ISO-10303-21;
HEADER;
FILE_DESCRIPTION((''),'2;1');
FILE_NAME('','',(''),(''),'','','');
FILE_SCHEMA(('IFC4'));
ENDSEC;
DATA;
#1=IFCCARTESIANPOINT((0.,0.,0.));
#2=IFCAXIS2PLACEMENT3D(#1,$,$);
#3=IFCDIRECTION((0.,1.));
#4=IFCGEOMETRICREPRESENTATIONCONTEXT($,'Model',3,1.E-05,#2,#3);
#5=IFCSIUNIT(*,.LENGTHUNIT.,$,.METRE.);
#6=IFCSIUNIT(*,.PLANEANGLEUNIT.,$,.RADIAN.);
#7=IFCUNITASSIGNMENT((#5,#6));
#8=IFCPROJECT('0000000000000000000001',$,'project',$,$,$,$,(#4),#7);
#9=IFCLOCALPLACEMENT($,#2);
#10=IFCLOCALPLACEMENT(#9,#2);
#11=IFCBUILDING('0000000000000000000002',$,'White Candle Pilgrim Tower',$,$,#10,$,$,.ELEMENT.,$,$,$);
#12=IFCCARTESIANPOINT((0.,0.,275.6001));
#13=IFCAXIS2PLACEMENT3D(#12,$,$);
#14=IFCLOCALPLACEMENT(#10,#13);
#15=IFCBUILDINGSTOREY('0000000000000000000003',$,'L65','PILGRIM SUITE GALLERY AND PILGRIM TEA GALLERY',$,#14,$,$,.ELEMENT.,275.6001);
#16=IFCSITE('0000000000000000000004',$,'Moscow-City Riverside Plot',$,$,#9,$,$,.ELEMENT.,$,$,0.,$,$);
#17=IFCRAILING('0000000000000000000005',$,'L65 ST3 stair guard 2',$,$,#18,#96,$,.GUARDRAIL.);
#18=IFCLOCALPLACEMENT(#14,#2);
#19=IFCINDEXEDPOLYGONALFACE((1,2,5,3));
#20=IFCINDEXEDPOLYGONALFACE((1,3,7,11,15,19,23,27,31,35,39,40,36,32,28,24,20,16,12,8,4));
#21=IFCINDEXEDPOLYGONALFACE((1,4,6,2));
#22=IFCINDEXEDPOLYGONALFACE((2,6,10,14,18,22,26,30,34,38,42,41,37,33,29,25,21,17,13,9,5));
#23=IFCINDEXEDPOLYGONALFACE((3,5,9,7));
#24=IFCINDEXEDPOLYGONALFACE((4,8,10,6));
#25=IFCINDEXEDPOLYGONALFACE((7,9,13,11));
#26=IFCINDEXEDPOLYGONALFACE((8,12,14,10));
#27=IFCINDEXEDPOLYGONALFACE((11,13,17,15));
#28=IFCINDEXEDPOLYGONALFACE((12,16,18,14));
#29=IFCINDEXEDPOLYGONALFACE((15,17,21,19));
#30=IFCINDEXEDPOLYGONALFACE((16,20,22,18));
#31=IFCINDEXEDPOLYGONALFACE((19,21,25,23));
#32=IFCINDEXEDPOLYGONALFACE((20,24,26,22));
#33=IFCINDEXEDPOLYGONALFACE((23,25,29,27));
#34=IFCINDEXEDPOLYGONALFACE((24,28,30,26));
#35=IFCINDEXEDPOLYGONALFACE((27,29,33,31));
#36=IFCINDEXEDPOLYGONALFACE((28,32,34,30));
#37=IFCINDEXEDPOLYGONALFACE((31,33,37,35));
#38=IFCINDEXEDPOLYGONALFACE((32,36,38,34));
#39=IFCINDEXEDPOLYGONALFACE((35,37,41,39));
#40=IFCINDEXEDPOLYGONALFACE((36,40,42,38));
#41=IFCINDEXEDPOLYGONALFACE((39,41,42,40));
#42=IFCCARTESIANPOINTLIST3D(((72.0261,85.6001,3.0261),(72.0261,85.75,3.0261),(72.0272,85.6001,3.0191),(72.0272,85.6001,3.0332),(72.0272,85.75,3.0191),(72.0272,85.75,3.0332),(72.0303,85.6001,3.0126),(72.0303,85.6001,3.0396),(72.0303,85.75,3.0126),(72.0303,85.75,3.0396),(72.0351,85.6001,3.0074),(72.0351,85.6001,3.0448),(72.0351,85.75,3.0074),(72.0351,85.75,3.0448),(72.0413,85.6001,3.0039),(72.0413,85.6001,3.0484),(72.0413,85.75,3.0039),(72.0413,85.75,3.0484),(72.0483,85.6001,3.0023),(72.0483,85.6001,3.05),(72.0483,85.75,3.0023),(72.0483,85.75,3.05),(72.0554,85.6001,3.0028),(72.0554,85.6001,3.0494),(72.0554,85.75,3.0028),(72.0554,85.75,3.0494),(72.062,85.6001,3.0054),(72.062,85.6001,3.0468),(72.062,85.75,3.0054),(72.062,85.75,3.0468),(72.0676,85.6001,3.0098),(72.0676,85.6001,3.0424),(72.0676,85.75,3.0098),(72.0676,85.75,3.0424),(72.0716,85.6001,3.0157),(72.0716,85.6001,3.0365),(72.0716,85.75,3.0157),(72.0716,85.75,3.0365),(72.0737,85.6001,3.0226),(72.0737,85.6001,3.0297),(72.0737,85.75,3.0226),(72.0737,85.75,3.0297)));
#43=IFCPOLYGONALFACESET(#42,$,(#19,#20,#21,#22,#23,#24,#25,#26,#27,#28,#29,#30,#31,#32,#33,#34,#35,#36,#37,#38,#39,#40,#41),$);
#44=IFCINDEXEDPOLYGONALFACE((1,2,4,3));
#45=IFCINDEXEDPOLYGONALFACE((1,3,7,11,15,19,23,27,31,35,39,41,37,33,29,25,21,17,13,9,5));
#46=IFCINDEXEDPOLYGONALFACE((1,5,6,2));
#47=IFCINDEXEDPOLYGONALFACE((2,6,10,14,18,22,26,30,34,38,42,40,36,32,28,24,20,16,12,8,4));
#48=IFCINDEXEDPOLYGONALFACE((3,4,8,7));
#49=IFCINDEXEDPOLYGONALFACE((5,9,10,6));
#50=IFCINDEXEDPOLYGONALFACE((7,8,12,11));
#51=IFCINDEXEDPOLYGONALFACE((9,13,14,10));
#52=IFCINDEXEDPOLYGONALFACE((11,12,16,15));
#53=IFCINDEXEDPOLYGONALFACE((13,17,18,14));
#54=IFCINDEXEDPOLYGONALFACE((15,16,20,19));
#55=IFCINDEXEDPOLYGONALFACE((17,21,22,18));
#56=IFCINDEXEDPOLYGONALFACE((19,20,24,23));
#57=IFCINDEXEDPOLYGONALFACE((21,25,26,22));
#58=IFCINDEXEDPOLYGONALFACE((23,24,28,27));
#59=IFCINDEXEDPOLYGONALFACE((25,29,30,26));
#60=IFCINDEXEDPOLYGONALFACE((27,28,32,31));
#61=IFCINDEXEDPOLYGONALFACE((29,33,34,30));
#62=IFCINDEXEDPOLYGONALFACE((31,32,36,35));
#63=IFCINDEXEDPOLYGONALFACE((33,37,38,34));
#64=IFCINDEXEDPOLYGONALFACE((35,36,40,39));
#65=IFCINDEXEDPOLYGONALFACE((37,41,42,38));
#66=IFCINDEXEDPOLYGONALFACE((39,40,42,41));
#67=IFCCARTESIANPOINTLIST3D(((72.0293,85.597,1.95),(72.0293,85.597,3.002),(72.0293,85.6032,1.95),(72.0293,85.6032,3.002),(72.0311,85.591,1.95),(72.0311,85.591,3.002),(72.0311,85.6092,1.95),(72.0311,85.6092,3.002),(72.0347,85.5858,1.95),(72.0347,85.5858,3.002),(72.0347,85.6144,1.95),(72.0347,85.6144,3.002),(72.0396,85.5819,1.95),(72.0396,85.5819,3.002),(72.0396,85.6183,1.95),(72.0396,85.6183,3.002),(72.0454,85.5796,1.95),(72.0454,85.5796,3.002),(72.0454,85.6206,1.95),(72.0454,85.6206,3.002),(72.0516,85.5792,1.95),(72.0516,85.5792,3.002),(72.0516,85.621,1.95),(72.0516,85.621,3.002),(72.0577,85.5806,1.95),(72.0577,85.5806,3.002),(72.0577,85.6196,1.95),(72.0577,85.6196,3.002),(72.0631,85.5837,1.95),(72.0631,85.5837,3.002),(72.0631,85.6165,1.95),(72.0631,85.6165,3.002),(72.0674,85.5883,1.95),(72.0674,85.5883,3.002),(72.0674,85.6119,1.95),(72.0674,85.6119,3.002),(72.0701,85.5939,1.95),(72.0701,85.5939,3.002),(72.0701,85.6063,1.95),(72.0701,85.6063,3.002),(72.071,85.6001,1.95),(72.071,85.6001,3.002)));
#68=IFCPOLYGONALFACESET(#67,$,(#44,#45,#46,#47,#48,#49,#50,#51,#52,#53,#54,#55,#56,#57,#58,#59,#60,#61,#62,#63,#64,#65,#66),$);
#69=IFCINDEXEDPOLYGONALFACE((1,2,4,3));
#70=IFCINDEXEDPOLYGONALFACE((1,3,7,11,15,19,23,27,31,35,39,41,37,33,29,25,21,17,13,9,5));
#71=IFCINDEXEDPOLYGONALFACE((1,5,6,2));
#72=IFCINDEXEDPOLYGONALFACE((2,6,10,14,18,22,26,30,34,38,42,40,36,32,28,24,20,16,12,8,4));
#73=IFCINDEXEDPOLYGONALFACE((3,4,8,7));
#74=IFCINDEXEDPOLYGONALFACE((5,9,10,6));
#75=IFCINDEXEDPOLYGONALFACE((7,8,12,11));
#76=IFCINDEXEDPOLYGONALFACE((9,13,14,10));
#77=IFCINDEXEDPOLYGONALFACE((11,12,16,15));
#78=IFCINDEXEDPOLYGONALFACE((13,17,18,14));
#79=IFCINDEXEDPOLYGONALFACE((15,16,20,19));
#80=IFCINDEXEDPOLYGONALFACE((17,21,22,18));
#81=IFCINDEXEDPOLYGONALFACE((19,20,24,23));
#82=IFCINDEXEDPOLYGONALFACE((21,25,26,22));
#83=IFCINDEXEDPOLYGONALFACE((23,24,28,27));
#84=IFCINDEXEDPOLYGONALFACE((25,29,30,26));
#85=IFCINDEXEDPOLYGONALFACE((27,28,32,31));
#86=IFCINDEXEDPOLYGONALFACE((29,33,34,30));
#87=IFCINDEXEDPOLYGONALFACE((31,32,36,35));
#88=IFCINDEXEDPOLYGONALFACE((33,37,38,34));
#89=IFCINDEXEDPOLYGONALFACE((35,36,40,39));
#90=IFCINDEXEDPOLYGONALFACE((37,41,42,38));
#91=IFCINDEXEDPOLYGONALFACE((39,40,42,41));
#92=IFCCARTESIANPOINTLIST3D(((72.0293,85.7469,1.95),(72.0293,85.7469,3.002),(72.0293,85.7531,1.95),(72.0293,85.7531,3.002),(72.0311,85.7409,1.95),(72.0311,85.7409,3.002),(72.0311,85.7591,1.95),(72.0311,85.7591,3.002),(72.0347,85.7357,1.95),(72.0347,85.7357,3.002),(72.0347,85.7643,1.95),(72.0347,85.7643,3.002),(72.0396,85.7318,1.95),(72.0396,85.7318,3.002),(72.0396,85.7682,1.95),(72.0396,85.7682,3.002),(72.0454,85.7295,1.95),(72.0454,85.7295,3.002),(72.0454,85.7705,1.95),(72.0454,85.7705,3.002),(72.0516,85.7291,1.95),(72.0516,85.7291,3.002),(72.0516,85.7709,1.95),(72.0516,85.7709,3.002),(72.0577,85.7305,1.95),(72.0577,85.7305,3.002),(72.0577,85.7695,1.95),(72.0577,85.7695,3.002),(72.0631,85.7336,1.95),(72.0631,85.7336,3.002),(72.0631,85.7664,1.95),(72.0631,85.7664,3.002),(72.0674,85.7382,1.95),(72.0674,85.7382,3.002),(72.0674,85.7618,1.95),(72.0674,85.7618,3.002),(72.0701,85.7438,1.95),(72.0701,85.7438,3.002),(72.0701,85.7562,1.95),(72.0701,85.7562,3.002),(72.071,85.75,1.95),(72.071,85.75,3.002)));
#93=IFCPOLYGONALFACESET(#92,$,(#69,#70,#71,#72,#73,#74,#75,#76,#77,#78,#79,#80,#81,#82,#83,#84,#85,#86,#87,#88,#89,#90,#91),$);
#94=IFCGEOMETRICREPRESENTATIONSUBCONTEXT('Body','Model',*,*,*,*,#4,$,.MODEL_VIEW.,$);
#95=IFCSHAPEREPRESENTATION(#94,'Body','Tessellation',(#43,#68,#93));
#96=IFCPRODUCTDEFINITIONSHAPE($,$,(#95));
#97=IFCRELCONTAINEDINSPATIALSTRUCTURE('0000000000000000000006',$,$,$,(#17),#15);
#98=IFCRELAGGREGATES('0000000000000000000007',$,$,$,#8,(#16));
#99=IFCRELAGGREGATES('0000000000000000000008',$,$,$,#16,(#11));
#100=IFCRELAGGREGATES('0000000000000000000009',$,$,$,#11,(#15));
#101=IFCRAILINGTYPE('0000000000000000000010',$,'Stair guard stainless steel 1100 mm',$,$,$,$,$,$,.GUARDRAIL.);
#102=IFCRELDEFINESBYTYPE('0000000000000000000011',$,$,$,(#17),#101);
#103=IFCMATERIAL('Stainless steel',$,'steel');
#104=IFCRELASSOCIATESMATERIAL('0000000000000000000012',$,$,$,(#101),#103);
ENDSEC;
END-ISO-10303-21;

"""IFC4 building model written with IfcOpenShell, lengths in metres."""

from ifc_helpers import new_model, si_unit, direction, frame, origin, origin_2d, place, context, subcontext, project, spatial, circle, extrude, material, type_object, element, save


model = new_model("IFC4")

# Units and contexts
model_context = context("Model", 3, precision=1e-05, world=origin(), true_north=direction((0.0, 1.0)))
body_context = subcontext(model_context, "Body", "Model", "MODEL_VIEW")
ifc_project = project(units=[si_unit("LENGTHUNIT", "METRE"), si_unit("PLANEANGLEUNIT", "RADIAN")], contexts=[model_context])

# Site, building, storey
site_placement = place(None, origin())
site = spatial("IfcSite", under=ifc_project, at=site_placement, Name="Moscow-City Riverside Plot", CompositionType="ELEMENT", RefElevation=0.0)
building_placement = place(site_placement, origin())
building = spatial("IfcBuilding", under=site, at=building_placement, Name="White Candle Pilgrim Tower", CompositionType="ELEMENT")
storey_placement = place(building_placement, frame((0.0, 0.0, 275.6001)))
storey = spatial("IfcBuildingStorey", under=building, at=storey_placement, Name="L65", Description="PILGRIM SUITE GALLERY AND PILGRIM TEA GALLERY", CompositionType="ELEMENT", Elevation=275.6001)

# Railing
ifc_material_1 = material(Name="Stainless steel", Category="steel")
railing_type_1 = type_object("IfcRailingType", Name="Stair guard stainless steel 1100 mm", PredefinedType="GUARDRAIL", material=ifc_material_1)
railing_1_placement = place(storey_placement, frame((72.05, 85.6001, 1.95)))
element("IfcRailing", 1, at=railing_1_placement, inside=storey, type_object=railing_type_1, Name="L65 ST3 stair guard 2", PredefinedType="GUARDRAIL", context=body_context, shape_type="SweptSolid", body=[
    extrude(circle(Radius=0.0239, at=origin_2d()), frame((0.0, 0.0, 1.0762), z_axis=(0.0, 1.0, 0.0), x_axis=(-1.0, 0.0, 0.0)), (0.0, 0.0, 1.0), 0.1499),
    extrude(circle(Radius=0.021, at=origin_2d()), origin(), (0.0, 0.0, 1.0), 1.052),
    extrude(circle(Radius=0.021, at=origin_2d()), frame((0.0, 0.1499, 0.0)), (0.0, 0.0, 1.0), 1.052),
])

save(model, "model.ifc")
